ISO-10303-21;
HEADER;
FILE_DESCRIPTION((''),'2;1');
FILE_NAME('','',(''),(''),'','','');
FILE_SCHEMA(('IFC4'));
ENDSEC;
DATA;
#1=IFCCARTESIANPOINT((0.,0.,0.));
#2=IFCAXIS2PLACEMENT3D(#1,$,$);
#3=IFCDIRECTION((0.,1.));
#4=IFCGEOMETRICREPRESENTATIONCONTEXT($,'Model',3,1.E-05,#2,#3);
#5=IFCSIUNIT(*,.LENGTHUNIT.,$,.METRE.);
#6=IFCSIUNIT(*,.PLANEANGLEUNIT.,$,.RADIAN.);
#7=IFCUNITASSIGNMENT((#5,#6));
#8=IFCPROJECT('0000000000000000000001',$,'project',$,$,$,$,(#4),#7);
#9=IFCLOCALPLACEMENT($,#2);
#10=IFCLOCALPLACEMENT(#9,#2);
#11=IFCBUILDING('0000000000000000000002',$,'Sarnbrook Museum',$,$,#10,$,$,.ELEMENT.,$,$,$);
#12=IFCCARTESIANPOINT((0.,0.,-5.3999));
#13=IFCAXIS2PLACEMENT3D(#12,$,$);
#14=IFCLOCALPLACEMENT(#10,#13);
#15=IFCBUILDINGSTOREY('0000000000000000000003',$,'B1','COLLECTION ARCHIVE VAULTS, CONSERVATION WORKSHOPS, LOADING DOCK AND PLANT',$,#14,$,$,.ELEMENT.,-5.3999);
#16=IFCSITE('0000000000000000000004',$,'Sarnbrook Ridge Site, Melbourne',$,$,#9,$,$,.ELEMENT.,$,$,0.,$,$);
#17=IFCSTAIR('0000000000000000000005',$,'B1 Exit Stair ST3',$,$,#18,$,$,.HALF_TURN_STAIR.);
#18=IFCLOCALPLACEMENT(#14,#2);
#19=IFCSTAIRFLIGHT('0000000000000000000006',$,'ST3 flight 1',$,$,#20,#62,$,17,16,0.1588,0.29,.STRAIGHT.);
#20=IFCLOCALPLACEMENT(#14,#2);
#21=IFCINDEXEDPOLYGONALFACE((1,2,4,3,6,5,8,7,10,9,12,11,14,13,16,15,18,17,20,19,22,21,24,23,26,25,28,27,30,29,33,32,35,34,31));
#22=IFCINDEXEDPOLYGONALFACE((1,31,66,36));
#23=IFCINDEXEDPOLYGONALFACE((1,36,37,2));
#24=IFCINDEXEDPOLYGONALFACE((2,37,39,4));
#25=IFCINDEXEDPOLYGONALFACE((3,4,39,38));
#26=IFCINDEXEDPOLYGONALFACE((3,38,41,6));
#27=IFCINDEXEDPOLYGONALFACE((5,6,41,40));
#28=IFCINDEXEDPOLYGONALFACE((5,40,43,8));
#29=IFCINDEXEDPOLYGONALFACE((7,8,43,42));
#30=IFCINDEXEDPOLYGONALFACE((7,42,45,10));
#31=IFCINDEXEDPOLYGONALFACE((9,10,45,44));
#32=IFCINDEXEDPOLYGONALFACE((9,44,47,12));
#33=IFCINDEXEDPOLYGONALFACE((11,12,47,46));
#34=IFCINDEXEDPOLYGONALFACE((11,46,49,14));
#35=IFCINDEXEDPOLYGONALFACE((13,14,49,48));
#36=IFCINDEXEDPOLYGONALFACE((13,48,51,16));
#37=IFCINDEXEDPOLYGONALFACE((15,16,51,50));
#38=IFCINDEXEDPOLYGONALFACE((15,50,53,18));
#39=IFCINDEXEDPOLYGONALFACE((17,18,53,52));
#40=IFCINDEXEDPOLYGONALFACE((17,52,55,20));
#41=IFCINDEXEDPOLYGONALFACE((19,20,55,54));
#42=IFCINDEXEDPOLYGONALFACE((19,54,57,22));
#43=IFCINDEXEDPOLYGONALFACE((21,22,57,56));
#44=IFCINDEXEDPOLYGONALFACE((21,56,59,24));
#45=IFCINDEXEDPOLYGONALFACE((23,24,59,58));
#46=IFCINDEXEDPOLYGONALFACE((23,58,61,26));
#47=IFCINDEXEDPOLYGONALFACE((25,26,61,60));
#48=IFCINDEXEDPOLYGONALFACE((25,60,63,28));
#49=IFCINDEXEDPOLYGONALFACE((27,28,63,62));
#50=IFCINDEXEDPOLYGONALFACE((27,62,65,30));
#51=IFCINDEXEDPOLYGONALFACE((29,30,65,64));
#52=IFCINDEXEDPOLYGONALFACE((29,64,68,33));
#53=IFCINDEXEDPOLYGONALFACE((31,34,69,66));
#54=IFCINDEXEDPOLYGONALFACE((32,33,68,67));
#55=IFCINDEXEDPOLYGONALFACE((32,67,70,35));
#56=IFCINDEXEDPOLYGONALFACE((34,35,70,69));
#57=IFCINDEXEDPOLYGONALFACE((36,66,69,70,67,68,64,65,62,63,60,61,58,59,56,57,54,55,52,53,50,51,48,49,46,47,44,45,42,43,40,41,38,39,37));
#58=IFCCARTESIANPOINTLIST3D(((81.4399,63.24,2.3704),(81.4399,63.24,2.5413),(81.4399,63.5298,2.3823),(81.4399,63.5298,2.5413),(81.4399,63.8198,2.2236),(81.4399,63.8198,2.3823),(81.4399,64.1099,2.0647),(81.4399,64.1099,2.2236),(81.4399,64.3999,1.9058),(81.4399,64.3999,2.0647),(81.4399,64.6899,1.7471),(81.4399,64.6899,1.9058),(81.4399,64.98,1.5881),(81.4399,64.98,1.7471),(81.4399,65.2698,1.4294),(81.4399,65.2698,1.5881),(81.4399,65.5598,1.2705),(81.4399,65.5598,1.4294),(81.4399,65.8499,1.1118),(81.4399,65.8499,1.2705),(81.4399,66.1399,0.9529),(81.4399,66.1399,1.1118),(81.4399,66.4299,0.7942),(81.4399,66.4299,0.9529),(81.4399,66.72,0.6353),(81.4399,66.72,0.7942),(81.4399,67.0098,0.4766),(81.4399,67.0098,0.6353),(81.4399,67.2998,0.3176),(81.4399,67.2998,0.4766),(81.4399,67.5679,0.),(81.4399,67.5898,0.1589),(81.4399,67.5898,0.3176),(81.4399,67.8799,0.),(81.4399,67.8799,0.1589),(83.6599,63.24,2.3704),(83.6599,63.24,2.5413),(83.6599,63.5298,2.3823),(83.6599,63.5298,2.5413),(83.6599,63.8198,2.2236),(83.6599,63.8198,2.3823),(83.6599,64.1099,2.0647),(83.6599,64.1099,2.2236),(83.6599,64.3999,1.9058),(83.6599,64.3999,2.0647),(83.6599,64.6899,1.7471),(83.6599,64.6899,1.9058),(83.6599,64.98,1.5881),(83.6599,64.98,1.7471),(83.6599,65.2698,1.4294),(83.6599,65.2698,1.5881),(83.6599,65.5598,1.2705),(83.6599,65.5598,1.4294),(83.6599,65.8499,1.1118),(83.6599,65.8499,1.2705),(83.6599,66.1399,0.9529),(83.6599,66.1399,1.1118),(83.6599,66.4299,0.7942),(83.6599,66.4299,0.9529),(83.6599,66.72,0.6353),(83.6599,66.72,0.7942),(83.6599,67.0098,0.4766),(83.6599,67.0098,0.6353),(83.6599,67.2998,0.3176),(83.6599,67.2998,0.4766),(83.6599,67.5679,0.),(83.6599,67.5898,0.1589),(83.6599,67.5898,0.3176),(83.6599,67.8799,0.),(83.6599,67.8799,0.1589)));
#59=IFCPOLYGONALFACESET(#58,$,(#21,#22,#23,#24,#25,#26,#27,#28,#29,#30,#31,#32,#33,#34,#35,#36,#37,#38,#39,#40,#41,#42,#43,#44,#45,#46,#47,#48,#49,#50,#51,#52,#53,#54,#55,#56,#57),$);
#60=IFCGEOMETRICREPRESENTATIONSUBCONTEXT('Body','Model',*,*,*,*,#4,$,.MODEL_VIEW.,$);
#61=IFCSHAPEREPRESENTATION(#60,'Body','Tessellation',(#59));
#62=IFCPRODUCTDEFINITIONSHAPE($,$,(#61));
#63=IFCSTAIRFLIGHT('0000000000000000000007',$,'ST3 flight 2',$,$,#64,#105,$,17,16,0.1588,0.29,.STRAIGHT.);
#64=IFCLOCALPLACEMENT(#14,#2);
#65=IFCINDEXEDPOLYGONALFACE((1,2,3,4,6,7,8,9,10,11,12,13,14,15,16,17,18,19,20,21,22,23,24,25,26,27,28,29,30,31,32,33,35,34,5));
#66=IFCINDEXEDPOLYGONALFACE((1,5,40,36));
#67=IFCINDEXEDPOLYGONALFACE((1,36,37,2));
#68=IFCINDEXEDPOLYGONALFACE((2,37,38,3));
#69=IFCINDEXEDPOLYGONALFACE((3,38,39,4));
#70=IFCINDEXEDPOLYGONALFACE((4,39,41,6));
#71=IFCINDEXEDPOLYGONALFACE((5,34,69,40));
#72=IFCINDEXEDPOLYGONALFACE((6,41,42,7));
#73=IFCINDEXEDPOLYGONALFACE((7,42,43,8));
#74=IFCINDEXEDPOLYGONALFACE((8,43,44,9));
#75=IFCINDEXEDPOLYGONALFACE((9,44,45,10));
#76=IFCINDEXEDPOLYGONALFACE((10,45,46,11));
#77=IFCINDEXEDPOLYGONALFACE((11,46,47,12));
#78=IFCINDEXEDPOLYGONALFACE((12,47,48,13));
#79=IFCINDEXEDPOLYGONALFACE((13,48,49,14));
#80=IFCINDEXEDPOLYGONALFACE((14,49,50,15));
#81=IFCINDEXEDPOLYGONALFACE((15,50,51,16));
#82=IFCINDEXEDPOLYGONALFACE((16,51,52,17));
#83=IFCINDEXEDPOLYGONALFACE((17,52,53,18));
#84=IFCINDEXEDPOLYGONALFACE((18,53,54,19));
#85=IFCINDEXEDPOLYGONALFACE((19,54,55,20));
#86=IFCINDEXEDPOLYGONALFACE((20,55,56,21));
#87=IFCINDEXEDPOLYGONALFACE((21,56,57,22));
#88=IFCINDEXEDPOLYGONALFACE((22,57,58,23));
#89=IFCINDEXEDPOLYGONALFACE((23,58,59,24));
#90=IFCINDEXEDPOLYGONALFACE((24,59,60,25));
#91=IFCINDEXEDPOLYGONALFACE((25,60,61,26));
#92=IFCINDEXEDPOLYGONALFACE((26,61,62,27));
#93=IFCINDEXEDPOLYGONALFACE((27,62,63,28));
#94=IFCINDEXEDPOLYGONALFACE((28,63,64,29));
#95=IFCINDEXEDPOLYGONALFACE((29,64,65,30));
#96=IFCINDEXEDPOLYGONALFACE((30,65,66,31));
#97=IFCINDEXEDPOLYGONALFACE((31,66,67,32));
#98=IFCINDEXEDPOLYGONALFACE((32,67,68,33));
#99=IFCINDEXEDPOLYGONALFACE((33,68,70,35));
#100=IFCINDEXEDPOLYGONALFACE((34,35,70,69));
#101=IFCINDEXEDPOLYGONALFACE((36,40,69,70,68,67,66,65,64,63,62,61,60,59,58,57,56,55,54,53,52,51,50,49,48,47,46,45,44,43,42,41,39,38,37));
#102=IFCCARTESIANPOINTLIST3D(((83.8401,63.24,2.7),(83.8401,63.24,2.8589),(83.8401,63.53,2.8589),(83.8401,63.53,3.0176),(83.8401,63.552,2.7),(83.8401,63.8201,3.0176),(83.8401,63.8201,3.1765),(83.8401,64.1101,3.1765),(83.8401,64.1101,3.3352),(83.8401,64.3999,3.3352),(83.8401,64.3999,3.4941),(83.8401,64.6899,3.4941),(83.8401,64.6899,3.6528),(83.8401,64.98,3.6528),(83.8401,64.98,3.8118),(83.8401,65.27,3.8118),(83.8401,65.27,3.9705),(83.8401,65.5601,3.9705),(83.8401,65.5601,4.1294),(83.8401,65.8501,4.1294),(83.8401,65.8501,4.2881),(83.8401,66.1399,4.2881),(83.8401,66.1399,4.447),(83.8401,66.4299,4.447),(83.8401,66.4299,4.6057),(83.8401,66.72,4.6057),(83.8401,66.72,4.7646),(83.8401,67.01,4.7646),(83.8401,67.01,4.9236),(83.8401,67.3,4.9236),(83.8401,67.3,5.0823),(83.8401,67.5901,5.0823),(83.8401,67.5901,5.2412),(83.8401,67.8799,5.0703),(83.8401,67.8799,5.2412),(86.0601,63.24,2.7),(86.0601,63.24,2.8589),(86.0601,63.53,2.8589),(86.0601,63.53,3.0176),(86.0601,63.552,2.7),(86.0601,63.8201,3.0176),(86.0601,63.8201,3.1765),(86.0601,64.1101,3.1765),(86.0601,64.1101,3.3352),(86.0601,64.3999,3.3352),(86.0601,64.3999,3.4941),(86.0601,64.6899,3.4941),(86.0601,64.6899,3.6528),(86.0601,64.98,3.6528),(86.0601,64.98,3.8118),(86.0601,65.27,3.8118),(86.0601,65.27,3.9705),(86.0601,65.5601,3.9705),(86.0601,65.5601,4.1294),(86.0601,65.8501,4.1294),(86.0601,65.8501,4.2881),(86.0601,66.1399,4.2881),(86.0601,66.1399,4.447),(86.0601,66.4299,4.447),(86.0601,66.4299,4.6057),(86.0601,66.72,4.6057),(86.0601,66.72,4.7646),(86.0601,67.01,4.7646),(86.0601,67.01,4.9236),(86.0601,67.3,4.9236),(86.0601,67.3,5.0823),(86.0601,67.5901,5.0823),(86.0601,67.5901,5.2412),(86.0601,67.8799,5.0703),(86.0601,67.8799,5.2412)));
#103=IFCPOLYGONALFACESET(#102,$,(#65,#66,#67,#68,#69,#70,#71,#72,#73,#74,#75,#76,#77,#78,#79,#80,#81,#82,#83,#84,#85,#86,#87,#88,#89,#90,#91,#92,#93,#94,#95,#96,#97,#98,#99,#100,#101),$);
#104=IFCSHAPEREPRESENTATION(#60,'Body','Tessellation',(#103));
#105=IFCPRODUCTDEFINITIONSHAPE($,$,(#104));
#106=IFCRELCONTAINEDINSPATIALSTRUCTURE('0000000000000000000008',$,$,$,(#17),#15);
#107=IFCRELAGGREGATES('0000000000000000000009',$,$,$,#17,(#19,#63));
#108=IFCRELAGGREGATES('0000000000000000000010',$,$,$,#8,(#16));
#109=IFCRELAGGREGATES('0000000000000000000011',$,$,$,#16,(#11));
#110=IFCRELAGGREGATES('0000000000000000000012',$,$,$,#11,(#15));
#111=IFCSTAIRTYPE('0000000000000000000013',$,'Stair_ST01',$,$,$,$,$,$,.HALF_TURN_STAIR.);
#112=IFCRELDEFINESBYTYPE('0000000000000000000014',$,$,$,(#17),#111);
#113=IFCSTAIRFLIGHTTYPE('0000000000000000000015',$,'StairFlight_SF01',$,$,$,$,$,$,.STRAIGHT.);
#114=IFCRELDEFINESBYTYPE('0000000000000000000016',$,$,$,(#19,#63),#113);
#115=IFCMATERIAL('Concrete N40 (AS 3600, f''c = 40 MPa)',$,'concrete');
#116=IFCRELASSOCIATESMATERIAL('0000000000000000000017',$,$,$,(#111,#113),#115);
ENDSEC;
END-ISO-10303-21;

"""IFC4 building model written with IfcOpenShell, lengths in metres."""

from ifc_helpers import new_model, si_unit, direction, frame, origin, place, context, subcontext, project, spatial, polyline, outline, extrude, material, type_object, element, aggregate, save


model = new_model("IFC4")

# Units and contexts
model_context = context("Model", 3, precision=1e-05, world=origin(), true_north=direction((0.0, 1.0)))
body_context = subcontext(model_context, "Body", "Model", "MODEL_VIEW")
ifc_project = project(units=[si_unit("LENGTHUNIT", "METRE"), si_unit("PLANEANGLEUNIT", "RADIAN")], contexts=[model_context])

# Site, building, storey
site_placement = place(None, origin())
site = spatial("IfcSite", under=ifc_project, at=site_placement, Name="Sarnbrook Ridge Site, Melbourne", CompositionType="ELEMENT", RefElevation=0.0)
building_placement = place(site_placement, origin())
building = spatial("IfcBuilding", under=site, at=building_placement, Name="Sarnbrook Museum", CompositionType="ELEMENT")
storey_placement = place(building_placement, frame((0.0, 0.0, -5.3999)))
storey = spatial("IfcBuildingStorey", under=building, at=storey_placement, Name="B1", Description="COLLECTION ARCHIVE VAULTS, CONSERVATION WORKSHOPS, LOADING DOCK AND PLANT", CompositionType="ELEMENT", Elevation=-5.3999)

# Shared definitions
ifc_material_1 = material(Name="Concrete N40 (AS 3600, f'c = 40 MPa)", Category="concrete")

# Stair, stair flights
stair_type = type_object("IfcStairType", Name="Stair_ST01", PredefinedType="HALF_TURN_STAIR", material=ifc_material_1)
stair_placement = place(storey_placement, origin())
stair = element("IfcStair", 1, at=stair_placement, inside=storey, type_object=stair_type, Name="B1 Exit Stair ST3", PredefinedType="HALF_TURN_STAIR")
stair_flight_type = type_object("IfcStairFlightType", Name="StairFlight_SF01", PredefinedType="STRAIGHT", material=ifc_material_1)
stair_flight_1_placement = place(storey_placement, frame((82.55, 67.8799, 0.0), z_axis=(0.0, 0.0, 1.0), x_axis=(0.0, -1.0, 0.0)))
stair_flight_1 = element("IfcStairFlight", 2, at=stair_flight_1_placement, type_object=stair_flight_type, Name="ST3 flight 1", NumberOfRisers=17, NumberOfTreads=16, PredefinedType="STRAIGHT", RiserHeight=0.1588, TreadLength=0.29, context=body_context, shape_type="SweptSolid", body=[
    extrude(outline(polyline([(0.0, 0.0), (0.0, 0.1589), (0.29, 0.1589), (0.29, 0.3176), (0.5801, 0.3176), (0.5801, 0.4766), (0.8701, 0.4766), (0.8701, 0.6353), (1.1599, 0.6353), (1.1599, 0.7942), (1.45, 0.7942), (1.45, 0.9529), (1.74, 0.9529), (1.74, 1.1118), (2.03, 1.1118), (2.03, 1.2705), (2.3201, 1.2705), (2.3201, 1.4294), (2.6101, 1.4294), (2.6101, 1.5881), (2.8999, 1.5881), (2.8999, 1.7471), (3.1899, 1.7471), (3.1899, 1.9058), (3.48, 1.9058), (3.48, 2.0647), (3.77, 2.0647), (3.77, 2.2236), (4.0601, 2.2236), (4.0601, 2.3823), (4.3501, 2.3823), (4.3501, 2.5413), (4.6399, 2.5413), (4.6399, 2.7), (4.6399, 2.3704), (0.312, 0.0), (0.0, 0.0)])), frame((0.0, 1.1099, 0.0), z_axis=(0.0, -1.0, 0.0), x_axis=(1.0, 0.0, 0.0)), (0.0, 0.0, 1.0), 2.22),
])
stair_flight_2_placement = place(storey_placement, frame((84.95, 63.24, 2.7), z_axis=(0.0, 0.0, 1.0), x_axis=(0.0, 1.0, 0.0)))
stair_flight_2 = element("IfcStairFlight", 3, at=stair_flight_2_placement, type_object=stair_flight_type, Name="ST3 flight 2", NumberOfRisers=17, NumberOfTreads=16, PredefinedType="STRAIGHT", RiserHeight=0.1588, TreadLength=0.29, context=body_context, shape_type="SweptSolid", body=[
    extrude(outline(polyline([(0.0, 0.0), (0.0, 0.1589), (0.29, 0.1589), (0.29, 0.3176), (0.5801, 0.3176), (0.5801, 0.4766), (0.8701, 0.4766), (0.8701, 0.6353), (1.1599, 0.6353), (1.1599, 0.7942), (1.45, 0.7942), (1.45, 0.9529), (1.74, 0.9529), (1.74, 1.1118), (2.03, 1.1118), (2.03, 1.2705), (2.3201, 1.2705), (2.3201, 1.4294), (2.6101, 1.4294), (2.6101, 1.5881), (2.8999, 1.5881), (2.8999, 1.7471), (3.1899, 1.7471), (3.1899, 1.9058), (3.48, 1.9058), (3.48, 2.0647), (3.77, 2.0647), (3.77, 2.2236), (4.0601, 2.2236), (4.0601, 2.3823), (4.3501, 2.3823), (4.3501, 2.5413), (4.6399, 2.5413), (4.6399, 2.7), (4.6399, 2.3704), (0.312, 0.0), (0.0, 0.0)])), frame((0.0, 1.1099, 0.0), z_axis=(0.0, -1.0, 0.0), x_axis=(1.0, 0.0, 0.0)), (0.0, 0.0, 1.0), 2.22),
])
aggregate(stair, [stair_flight_1, stair_flight_2])

save(model, "model.ifc")
